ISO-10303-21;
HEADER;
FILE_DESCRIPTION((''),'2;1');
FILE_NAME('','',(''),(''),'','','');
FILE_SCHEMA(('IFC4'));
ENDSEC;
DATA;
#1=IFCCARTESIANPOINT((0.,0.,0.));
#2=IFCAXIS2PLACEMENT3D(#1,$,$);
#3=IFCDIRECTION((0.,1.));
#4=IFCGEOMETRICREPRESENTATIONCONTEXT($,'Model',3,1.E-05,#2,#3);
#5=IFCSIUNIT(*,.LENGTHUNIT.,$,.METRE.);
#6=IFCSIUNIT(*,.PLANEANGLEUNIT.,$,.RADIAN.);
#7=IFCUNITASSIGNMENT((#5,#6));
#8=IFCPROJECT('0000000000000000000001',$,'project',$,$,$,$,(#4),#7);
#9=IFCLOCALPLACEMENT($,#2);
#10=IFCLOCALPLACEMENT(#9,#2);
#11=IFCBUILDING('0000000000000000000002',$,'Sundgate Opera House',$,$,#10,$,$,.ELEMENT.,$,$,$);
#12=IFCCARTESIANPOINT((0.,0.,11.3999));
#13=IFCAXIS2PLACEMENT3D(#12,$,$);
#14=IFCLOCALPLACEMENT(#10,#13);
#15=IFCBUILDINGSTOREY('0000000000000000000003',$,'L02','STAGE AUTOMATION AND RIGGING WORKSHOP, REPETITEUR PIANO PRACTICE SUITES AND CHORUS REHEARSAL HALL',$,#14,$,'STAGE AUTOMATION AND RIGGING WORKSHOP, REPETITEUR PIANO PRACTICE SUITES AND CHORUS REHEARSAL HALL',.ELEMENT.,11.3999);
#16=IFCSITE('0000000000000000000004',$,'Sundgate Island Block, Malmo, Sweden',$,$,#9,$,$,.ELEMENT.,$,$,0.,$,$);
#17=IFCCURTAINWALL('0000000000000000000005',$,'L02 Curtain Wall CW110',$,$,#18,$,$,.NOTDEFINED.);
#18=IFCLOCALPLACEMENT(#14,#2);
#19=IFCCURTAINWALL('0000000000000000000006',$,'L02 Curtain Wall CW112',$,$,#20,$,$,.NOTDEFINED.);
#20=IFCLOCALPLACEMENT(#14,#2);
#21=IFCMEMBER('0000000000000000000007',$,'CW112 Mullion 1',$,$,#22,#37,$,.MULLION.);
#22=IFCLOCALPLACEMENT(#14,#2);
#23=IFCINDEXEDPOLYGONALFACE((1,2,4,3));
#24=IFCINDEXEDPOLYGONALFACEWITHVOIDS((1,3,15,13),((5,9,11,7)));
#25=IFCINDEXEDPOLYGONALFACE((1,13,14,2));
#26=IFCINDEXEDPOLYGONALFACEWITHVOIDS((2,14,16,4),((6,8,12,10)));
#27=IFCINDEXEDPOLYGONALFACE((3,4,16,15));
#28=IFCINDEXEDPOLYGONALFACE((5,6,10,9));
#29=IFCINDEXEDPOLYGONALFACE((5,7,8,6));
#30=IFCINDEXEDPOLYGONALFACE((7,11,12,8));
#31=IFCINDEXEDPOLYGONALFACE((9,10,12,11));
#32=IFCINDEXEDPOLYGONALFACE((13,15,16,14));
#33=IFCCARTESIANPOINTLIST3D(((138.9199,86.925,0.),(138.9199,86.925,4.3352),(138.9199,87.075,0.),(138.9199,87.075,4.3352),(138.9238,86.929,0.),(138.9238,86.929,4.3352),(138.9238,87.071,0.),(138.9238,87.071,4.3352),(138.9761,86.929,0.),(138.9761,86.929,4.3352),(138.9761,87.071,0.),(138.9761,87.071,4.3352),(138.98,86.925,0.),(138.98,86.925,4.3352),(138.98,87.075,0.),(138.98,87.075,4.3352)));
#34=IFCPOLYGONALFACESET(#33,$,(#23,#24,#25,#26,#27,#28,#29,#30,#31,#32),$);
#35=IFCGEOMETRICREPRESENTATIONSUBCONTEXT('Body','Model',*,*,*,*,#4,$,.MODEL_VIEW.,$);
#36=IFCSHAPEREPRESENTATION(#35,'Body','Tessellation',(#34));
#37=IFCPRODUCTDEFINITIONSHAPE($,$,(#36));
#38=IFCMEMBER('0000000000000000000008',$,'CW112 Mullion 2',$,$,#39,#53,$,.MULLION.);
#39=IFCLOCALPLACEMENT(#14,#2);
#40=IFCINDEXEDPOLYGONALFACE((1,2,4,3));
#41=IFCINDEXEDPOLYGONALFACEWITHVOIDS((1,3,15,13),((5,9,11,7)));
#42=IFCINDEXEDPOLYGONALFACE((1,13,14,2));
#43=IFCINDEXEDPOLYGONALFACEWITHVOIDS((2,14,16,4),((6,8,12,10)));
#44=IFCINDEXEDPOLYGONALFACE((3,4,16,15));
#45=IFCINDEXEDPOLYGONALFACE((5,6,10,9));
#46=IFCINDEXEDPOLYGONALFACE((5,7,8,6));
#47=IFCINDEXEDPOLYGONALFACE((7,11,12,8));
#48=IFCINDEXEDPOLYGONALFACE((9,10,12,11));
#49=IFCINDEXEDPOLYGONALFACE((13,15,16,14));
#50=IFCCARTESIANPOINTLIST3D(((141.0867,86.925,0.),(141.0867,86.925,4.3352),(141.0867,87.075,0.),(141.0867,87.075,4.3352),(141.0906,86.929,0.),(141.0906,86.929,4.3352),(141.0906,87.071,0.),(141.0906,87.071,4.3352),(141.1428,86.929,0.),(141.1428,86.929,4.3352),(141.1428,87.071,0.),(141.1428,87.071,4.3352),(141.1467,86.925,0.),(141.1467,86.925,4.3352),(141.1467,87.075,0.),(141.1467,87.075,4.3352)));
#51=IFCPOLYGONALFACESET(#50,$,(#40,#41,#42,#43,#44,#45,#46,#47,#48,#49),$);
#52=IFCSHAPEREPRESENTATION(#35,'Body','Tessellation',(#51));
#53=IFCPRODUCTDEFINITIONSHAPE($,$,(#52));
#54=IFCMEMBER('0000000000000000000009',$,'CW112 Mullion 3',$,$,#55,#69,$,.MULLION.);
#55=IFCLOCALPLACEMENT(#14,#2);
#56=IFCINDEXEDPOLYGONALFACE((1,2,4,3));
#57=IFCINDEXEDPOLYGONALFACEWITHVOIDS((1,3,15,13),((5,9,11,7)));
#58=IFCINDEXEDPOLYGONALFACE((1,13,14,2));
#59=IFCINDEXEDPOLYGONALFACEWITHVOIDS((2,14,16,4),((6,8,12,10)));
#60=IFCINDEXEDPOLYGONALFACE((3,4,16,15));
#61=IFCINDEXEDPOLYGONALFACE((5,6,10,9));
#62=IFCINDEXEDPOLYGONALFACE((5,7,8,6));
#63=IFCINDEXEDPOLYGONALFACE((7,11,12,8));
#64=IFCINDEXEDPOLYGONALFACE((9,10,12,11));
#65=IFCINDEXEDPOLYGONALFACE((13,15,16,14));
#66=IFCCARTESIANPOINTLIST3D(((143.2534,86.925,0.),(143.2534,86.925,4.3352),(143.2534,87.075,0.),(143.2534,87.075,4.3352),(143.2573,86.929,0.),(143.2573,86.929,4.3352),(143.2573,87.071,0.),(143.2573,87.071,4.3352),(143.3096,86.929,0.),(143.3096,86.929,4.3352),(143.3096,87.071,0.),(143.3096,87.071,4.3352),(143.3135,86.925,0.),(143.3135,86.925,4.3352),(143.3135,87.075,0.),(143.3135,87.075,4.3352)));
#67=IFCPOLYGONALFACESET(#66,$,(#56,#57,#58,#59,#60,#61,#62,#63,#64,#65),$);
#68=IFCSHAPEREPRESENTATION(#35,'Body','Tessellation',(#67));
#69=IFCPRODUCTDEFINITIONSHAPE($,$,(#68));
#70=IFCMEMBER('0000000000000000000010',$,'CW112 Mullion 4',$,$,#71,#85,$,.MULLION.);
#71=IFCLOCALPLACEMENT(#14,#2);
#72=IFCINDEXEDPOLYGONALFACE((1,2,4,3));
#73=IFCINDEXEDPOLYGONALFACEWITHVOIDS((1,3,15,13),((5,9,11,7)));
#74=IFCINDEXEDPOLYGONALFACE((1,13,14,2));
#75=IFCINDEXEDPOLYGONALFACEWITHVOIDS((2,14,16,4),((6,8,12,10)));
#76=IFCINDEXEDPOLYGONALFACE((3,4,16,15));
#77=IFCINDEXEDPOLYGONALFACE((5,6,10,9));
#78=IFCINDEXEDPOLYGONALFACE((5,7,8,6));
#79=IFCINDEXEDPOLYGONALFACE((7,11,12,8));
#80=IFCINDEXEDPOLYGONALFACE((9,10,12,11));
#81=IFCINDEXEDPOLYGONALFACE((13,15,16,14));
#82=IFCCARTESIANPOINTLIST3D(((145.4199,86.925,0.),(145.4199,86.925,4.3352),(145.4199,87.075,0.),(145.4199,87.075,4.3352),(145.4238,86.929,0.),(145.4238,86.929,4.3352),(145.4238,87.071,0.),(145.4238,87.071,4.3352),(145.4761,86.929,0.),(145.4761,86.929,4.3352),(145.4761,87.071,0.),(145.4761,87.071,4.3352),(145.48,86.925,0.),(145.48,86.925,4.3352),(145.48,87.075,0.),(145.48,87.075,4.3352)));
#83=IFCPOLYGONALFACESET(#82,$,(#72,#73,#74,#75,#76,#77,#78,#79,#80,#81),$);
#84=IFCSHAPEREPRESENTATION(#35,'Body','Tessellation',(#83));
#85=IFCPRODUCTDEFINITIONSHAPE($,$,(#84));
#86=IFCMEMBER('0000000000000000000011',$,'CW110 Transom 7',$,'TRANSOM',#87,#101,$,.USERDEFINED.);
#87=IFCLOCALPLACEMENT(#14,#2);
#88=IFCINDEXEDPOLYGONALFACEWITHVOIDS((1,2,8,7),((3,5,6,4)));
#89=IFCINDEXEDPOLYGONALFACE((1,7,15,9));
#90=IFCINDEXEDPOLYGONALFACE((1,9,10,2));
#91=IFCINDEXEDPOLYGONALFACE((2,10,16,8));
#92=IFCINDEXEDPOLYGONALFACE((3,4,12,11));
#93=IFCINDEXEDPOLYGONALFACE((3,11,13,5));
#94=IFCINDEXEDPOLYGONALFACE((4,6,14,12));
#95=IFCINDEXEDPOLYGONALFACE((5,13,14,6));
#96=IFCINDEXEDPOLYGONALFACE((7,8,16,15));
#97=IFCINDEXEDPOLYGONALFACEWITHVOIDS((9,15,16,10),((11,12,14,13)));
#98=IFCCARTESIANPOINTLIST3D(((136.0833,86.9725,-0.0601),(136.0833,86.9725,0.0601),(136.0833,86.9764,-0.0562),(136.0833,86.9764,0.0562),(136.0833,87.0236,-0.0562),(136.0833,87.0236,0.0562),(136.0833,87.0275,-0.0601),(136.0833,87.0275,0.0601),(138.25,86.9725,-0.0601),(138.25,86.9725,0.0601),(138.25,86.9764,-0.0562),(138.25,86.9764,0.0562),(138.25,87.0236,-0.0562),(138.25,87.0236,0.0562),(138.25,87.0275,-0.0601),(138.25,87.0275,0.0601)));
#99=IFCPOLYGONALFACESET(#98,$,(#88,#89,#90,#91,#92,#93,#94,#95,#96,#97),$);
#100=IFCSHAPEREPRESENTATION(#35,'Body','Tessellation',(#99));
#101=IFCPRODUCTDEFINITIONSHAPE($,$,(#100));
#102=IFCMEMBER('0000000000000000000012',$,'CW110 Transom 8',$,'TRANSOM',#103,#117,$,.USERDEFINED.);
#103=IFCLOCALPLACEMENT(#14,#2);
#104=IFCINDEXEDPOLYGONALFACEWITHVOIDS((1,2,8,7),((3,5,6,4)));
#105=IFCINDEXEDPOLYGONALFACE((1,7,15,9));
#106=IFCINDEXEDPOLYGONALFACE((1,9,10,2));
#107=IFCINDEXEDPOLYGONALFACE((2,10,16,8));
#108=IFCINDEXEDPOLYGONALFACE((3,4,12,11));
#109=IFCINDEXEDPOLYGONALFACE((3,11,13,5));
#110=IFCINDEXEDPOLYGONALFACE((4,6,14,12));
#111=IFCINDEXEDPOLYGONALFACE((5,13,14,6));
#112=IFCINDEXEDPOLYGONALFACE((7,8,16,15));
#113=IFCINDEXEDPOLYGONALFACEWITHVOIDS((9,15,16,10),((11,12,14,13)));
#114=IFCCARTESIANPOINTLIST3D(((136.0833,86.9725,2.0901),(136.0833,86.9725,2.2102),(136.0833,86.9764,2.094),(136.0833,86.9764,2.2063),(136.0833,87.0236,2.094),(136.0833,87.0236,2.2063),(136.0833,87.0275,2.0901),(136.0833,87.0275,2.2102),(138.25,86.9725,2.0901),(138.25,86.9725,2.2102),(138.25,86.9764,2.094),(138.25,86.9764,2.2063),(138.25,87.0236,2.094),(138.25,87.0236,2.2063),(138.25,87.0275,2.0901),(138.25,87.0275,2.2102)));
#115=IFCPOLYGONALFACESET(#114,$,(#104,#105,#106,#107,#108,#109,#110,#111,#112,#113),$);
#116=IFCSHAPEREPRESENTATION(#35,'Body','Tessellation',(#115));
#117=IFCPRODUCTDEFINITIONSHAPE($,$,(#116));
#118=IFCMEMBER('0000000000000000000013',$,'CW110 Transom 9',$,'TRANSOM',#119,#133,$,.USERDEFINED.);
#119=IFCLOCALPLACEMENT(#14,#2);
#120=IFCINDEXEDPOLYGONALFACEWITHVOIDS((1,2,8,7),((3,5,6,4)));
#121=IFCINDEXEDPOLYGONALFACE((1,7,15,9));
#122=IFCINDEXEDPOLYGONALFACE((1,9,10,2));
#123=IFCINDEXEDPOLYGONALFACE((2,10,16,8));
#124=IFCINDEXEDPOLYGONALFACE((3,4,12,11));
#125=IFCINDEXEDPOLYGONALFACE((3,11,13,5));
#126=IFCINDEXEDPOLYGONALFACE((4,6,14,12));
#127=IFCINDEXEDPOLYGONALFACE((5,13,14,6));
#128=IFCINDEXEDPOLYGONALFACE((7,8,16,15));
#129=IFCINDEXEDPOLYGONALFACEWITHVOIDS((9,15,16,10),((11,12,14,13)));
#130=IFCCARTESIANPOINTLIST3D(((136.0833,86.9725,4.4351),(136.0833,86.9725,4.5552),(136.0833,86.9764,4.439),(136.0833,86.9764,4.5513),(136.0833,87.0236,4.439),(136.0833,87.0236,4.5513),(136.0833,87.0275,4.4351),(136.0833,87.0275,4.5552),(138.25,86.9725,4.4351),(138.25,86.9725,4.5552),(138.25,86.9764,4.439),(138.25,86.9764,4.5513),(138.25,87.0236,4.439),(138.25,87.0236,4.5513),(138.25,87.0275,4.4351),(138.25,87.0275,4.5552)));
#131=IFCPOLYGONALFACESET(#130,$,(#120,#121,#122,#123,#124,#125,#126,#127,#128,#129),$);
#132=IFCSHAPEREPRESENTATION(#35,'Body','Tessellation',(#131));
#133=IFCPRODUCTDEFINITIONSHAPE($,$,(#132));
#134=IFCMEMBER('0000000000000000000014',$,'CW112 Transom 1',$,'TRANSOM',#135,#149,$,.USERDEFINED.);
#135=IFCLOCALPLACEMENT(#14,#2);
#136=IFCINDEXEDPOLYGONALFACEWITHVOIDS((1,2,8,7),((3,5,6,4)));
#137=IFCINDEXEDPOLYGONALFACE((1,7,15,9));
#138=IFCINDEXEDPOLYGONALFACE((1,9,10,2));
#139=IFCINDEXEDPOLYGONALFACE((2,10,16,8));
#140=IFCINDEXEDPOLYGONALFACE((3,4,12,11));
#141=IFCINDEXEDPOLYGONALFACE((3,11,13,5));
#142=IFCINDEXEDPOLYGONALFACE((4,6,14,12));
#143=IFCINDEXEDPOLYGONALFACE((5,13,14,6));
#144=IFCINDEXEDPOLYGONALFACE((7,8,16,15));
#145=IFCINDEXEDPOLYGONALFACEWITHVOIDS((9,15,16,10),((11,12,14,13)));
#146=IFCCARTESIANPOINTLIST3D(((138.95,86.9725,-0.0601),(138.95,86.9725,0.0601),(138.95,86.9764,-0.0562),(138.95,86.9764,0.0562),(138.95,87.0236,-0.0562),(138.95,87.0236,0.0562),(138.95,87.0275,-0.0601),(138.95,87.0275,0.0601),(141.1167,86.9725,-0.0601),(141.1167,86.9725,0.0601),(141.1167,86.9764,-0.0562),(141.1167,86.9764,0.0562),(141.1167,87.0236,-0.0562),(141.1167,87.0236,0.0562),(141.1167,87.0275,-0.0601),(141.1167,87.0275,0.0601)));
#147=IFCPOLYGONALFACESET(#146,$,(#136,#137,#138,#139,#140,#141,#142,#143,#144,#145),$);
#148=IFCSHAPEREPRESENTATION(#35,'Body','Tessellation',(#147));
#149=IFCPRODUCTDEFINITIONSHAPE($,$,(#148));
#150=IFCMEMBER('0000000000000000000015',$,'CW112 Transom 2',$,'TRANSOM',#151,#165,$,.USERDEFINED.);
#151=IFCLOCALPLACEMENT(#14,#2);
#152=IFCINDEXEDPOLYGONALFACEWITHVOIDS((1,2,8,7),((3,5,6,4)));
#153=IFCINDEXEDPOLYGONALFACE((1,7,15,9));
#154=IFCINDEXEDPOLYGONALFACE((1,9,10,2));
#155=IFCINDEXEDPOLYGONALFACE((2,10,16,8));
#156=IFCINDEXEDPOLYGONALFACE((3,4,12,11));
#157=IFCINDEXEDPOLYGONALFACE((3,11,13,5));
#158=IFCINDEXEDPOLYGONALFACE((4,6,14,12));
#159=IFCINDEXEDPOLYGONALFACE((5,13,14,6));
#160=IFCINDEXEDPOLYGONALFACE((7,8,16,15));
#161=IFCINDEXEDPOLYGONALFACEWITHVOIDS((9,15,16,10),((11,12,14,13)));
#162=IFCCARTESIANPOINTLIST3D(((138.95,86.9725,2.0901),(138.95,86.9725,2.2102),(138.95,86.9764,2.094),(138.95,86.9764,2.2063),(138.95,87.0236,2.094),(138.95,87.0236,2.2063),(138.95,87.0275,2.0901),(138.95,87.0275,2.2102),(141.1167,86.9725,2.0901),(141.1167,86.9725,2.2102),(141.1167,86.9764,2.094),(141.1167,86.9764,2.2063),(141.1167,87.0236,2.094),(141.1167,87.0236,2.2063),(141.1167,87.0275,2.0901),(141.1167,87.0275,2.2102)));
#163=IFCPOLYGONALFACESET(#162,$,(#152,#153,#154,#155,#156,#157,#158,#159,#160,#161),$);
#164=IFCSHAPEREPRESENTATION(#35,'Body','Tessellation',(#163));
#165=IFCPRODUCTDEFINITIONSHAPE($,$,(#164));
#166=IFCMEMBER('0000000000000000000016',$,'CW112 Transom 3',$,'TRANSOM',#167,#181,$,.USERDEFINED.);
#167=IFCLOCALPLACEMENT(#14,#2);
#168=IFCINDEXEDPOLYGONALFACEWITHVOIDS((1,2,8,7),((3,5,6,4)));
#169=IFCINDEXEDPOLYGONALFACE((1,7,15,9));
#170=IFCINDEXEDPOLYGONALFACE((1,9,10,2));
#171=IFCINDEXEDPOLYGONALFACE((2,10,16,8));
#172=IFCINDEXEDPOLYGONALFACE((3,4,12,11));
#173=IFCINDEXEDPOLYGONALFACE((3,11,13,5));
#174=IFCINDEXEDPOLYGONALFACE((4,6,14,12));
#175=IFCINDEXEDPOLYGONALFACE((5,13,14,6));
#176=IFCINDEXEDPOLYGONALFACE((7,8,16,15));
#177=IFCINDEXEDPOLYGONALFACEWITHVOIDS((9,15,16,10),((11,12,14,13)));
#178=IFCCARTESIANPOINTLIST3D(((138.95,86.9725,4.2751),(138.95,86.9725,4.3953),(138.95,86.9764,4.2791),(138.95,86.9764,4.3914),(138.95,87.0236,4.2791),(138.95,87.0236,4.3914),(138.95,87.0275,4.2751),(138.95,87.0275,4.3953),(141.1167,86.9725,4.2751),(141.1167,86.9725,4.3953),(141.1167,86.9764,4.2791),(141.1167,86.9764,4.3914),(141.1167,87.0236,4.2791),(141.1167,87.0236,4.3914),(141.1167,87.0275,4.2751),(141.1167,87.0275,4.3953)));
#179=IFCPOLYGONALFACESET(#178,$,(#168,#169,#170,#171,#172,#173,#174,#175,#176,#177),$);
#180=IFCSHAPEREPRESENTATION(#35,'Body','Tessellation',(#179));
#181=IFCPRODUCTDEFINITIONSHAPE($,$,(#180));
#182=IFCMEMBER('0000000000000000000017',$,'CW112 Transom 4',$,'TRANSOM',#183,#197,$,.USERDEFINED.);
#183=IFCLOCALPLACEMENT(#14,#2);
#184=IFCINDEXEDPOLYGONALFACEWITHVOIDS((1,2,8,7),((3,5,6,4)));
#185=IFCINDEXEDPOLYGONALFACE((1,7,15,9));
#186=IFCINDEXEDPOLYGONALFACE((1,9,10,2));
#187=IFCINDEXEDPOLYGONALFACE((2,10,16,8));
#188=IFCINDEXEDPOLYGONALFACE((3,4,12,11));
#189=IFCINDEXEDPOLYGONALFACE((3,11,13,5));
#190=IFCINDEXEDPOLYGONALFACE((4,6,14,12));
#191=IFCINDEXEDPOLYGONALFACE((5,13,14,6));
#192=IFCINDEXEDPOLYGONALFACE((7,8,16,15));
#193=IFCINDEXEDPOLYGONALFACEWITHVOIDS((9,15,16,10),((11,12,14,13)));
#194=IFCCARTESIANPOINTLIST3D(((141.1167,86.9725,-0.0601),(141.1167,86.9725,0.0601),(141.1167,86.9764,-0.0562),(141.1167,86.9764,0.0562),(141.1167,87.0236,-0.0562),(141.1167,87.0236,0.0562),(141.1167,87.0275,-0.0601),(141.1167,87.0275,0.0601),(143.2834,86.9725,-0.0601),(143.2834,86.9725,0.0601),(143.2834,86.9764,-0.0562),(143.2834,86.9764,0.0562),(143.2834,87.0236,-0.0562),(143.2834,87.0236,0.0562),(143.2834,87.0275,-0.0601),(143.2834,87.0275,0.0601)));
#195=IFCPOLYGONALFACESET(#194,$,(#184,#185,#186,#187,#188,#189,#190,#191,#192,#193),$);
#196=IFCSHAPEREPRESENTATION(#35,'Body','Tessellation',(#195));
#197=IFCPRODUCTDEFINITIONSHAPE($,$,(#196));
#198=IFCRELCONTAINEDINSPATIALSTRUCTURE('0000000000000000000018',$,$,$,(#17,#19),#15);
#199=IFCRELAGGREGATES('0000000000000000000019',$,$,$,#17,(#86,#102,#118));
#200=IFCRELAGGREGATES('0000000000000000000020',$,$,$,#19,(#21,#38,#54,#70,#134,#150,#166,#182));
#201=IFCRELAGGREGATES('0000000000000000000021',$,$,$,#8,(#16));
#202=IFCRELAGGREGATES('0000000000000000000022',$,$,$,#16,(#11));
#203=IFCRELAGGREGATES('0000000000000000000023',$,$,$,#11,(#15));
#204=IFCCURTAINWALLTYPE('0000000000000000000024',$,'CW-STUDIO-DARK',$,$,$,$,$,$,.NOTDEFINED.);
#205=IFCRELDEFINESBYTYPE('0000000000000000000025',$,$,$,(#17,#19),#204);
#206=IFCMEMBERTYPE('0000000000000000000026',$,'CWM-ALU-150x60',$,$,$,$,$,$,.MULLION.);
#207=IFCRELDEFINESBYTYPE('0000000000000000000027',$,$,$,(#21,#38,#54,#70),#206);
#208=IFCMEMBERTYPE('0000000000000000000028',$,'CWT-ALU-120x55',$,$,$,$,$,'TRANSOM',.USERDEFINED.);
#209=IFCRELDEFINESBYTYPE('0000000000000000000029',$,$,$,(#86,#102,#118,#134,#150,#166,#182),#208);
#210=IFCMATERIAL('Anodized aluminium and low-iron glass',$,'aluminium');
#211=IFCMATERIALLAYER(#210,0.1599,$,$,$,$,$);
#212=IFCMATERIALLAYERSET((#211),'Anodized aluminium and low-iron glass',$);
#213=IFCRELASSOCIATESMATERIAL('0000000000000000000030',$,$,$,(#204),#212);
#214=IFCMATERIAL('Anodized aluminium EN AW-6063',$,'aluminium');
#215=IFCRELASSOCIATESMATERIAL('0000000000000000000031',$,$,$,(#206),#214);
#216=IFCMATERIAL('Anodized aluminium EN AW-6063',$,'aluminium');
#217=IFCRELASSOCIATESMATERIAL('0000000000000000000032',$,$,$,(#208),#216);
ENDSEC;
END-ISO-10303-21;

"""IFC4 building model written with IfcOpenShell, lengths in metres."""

from ifc_helpers import new_model, si_unit, direction, frame, origin, origin_2d, place, context, subcontext, project, spatial, hollow_rectangle, extrude, material, layer, layer_set, material_profile, profile_set, type_object, element, aggregate, save


model = new_model("IFC4")

# Units and contexts
model_context = context("Model", 3, precision=1e-05, world=origin(), true_north=direction((0.0, 1.0)))
body_context = subcontext(model_context, "Body", "Model", "MODEL_VIEW")
ifc_project = project(units=[si_unit("LENGTHUNIT", "METRE"), si_unit("PLANEANGLEUNIT", "RADIAN")], contexts=[model_context])

# Site, building, storey
site_placement = place(None, origin())
site = spatial("IfcSite", under=ifc_project, at=site_placement, Name="Sundgate Island Block, Malmo, Sweden", CompositionType="ELEMENT", RefElevation=0.0)
building_placement = place(site_placement, origin())
building = spatial("IfcBuilding", under=site, at=building_placement, Name="Sundgate Opera House", CompositionType="ELEMENT")
storey_placement = place(building_placement, frame((0.0, 0.0, 11.3999)))
storey = spatial("IfcBuildingStorey", under=building, at=storey_placement, Name="L02", Description="STAGE AUTOMATION AND RIGGING WORKSHOP, REPETITEUR PIANO PRACTICE SUITES AND CHORUS REHEARSAL HALL", LongName="STAGE AUTOMATION AND RIGGING WORKSHOP, REPETITEUR PIANO PRACTICE SUITES AND CHORUS REHEARSAL HALL", CompositionType="ELEMENT", Elevation=11.3999)

# Curtain walls, members
ifc_material_1 = material(Name="Anodized aluminium and low-iron glass", Category="aluminium")
ifc_layer_1 = layer(ifc_material_1, 0.1599)
ifc_layer_set_1 = layer_set([ifc_layer_1], Name="Anodized aluminium and low-iron glass")
curtain_wall_type = type_object("IfcCurtainWallType", Name="CW-STUDIO-DARK", PredefinedType="NOTDEFINED", material=ifc_layer_set_1)
curtain_wall_1_placement = place(storey_placement, origin())
curtain_wall_1 = element("IfcCurtainWall", 1, at=curtain_wall_1_placement, inside=storey, type_object=curtain_wall_type, Name="L02 Curtain Wall CW110", PredefinedType="NOTDEFINED")
ifc_material_2 = material(Name="Anodized aluminium EN AW-6063", Category="aluminium")
ifc_material_profile_1 = material_profile(ifc_material_2, hollow_rectangle(XDim=0.0601, YDim=0.1499, WallThickness=0.0039, at=origin_2d()), Name="CWM 150x60x4")
ifc_profile_set_1 = profile_set([ifc_material_profile_1], Name="Anodized aluminium EN AW-6063")
member_type_1 = type_object("IfcMemberType", Name="CWM-ALU-150x60", PredefinedType="MULLION", material=ifc_profile_set_1)
curtain_wall_2_placement = place(storey_placement, origin())
curtain_wall_2 = element("IfcCurtainWall", 2, at=curtain_wall_2_placement, inside=storey, type_object=curtain_wall_type, Name="L02 Curtain Wall CW112", PredefinedType="NOTDEFINED")
member_1_placement = place(storey_placement, frame((138.95, 87.0, 0.0), z_axis=(0.0, 0.0, 1.0), x_axis=(1.0, 0.0, 0.0)))
member_1 = element("IfcMember", 3, at=member_1_placement, type_object=member_type_1, Name="CW112 Mullion 1", PredefinedType="MULLION", context=body_context, shape_type="SweptSolid", body=[
    extrude(hollow_rectangle(XDim=0.0601, YDim=0.1499, WallThickness=0.0039, at=origin_2d()), origin(), (0.0, 0.0, 1.0), 4.3352),
])
member_2_placement = place(storey_placement, frame((141.1167, 87.0, 0.0), z_axis=(0.0, 0.0, 1.0), x_axis=(1.0, 0.0, 0.0)))
member_2 = element("IfcMember", 4, at=member_2_placement, type_object=member_type_1, Name="CW112 Mullion 2", PredefinedType="MULLION", context=body_context, shape_type="SweptSolid", body=[
    extrude(hollow_rectangle(XDim=0.0601, YDim=0.1499, WallThickness=0.0039, at=origin_2d()), origin(), (0.0, 0.0, 1.0), 4.3352),
])
member_3_placement = place(storey_placement, frame((143.2834, 87.0, 0.0), z_axis=(0.0, 0.0, 1.0), x_axis=(1.0, 0.0, 0.0)))
member_3 = element("IfcMember", 5, at=member_3_placement, type_object=member_type_1, Name="CW112 Mullion 3", PredefinedType="MULLION", context=body_context, shape_type="SweptSolid", body=[
    extrude(hollow_rectangle(XDim=0.0601, YDim=0.1499, WallThickness=0.0039, at=origin_2d()), origin(), (0.0, 0.0, 1.0), 4.3352),
])
member_4_placement = place(storey_placement, frame((145.45, 87.0, 0.0), z_axis=(0.0, 0.0, 1.0), x_axis=(1.0, 0.0, 0.0)))
member_4 = element("IfcMember", 6, at=member_4_placement, type_object=member_type_1, Name="CW112 Mullion 4", PredefinedType="MULLION", context=body_context, shape_type="SweptSolid", body=[
    extrude(hollow_rectangle(XDim=0.0601, YDim=0.1499, WallThickness=0.0039, at=origin_2d()), origin(), (0.0, 0.0, 1.0), 4.3352),
])

# Members
ifc_material_3 = material(Name="Anodized aluminium EN AW-6063", Category="aluminium")
ifc_material_profile_2 = material_profile(ifc_material_3, hollow_rectangle(XDim=0.0549, YDim=0.1201, WallThickness=0.0039, at=origin_2d()), Name="CWT 120x55x4")
ifc_profile_set_2 = profile_set([ifc_material_profile_2], Name="Anodized aluminium EN AW-6063")
member_type_2 = type_object("IfcMemberType", Name="CWT-ALU-120x55", ElementType="TRANSOM", PredefinedType="USERDEFINED", material=ifc_profile_set_2)
member_5_placement = place(storey_placement, frame((136.0833, 87.0, 0.0), z_axis=(1.0, 0.0, 0.0), x_axis=(0.0, 1.0, 0.0)))
member_5 = element("IfcMember", 7, at=member_5_placement, type_object=member_type_2, Name="CW110 Transom 7", ObjectType="TRANSOM", PredefinedType="USERDEFINED", context=body_context, shape_type="SweptSolid", body=[
    extrude(hollow_rectangle(XDim=0.0549, YDim=0.1201, WallThickness=0.0039, at=origin_2d()), origin(), (0.0, 0.0, 1.0), 2.1667),
])
member_6_placement = place(storey_placement, frame((136.0833, 87.0, 2.1501), z_axis=(1.0, 0.0, 0.0), x_axis=(0.0, 1.0, 0.0)))
member_6 = element("IfcMember", 8, at=member_6_placement, type_object=member_type_2, Name="CW110 Transom 8", ObjectType="TRANSOM", PredefinedType="USERDEFINED", context=body_context, shape_type="SweptSolid", body=[
    extrude(hollow_rectangle(XDim=0.0549, YDim=0.1201, WallThickness=0.0039, at=origin_2d()), origin(), (0.0, 0.0, 1.0), 2.1667),
])
member_7_placement = place(storey_placement, frame((136.0833, 87.0, 4.4951), z_axis=(1.0, 0.0, 0.0), x_axis=(0.0, 1.0, 0.0)))
member_7 = element("IfcMember", 9, at=member_7_placement, type_object=member_type_2, Name="CW110 Transom 9", ObjectType="TRANSOM", PredefinedType="USERDEFINED", context=body_context, shape_type="SweptSolid", body=[
    extrude(hollow_rectangle(XDim=0.0549, YDim=0.1201, WallThickness=0.0039, at=origin_2d()), origin(), (0.0, 0.0, 1.0), 2.1667),
])
member_8_placement = place(storey_placement, frame((138.95, 87.0, 0.0), z_axis=(1.0, 0.0, 0.0), x_axis=(0.0, 1.0, 0.0)))
member_8 = element("IfcMember", 10, at=member_8_placement, type_object=member_type_2, Name="CW112 Transom 1", ObjectType="TRANSOM", PredefinedType="USERDEFINED", context=body_context, shape_type="SweptSolid", body=[
    extrude(hollow_rectangle(XDim=0.0549, YDim=0.1201, WallThickness=0.0039, at=origin_2d()), origin(), (0.0, 0.0, 1.0), 2.1667),
])
member_9_placement = place(storey_placement, frame((138.95, 87.0, 2.1501), z_axis=(1.0, 0.0, 0.0), x_axis=(0.0, 1.0, 0.0)))
member_9 = element("IfcMember", 11, at=member_9_placement, type_object=member_type_2, Name="CW112 Transom 2", ObjectType="TRANSOM", PredefinedType="USERDEFINED", context=body_context, shape_type="SweptSolid", body=[
    extrude(hollow_rectangle(XDim=0.0549, YDim=0.1201, WallThickness=0.0039, at=origin_2d()), origin(), (0.0, 0.0, 1.0), 2.1667),
])
member_10_placement = place(storey_placement, frame((138.95, 87.0, 4.3352), z_axis=(1.0, 0.0, 0.0), x_axis=(0.0, 1.0, 0.0)))
member_10 = element("IfcMember", 12, at=member_10_placement, type_object=member_type_2, Name="CW112 Transom 3", ObjectType="TRANSOM", PredefinedType="USERDEFINED", context=body_context, shape_type="SweptSolid", body=[
    extrude(hollow_rectangle(XDim=0.0549, YDim=0.1201, WallThickness=0.0039, at=origin_2d()), origin(), (0.0, 0.0, 1.0), 2.1667),
])
member_11_placement = place(storey_placement, frame((141.1167, 87.0, 0.0), z_axis=(1.0, 0.0, 0.0), x_axis=(0.0, 1.0, 0.0)))
member_11 = element("IfcMember", 13, at=member_11_placement, type_object=member_type_2, Name="CW112 Transom 4", ObjectType="TRANSOM", PredefinedType="USERDEFINED", context=body_context, shape_type="SweptSolid", body=[
    extrude(hollow_rectangle(XDim=0.0549, YDim=0.1201, WallThickness=0.0039, at=origin_2d()), origin(), (0.0, 0.0, 1.0), 2.1667),
])

aggregate(curtain_wall_1, [member_5, member_6, member_7])
aggregate(curtain_wall_2, [member_1, member_2, member_3, member_4, member_8, member_9, member_10, member_11])

save(model, "model.ifc")
